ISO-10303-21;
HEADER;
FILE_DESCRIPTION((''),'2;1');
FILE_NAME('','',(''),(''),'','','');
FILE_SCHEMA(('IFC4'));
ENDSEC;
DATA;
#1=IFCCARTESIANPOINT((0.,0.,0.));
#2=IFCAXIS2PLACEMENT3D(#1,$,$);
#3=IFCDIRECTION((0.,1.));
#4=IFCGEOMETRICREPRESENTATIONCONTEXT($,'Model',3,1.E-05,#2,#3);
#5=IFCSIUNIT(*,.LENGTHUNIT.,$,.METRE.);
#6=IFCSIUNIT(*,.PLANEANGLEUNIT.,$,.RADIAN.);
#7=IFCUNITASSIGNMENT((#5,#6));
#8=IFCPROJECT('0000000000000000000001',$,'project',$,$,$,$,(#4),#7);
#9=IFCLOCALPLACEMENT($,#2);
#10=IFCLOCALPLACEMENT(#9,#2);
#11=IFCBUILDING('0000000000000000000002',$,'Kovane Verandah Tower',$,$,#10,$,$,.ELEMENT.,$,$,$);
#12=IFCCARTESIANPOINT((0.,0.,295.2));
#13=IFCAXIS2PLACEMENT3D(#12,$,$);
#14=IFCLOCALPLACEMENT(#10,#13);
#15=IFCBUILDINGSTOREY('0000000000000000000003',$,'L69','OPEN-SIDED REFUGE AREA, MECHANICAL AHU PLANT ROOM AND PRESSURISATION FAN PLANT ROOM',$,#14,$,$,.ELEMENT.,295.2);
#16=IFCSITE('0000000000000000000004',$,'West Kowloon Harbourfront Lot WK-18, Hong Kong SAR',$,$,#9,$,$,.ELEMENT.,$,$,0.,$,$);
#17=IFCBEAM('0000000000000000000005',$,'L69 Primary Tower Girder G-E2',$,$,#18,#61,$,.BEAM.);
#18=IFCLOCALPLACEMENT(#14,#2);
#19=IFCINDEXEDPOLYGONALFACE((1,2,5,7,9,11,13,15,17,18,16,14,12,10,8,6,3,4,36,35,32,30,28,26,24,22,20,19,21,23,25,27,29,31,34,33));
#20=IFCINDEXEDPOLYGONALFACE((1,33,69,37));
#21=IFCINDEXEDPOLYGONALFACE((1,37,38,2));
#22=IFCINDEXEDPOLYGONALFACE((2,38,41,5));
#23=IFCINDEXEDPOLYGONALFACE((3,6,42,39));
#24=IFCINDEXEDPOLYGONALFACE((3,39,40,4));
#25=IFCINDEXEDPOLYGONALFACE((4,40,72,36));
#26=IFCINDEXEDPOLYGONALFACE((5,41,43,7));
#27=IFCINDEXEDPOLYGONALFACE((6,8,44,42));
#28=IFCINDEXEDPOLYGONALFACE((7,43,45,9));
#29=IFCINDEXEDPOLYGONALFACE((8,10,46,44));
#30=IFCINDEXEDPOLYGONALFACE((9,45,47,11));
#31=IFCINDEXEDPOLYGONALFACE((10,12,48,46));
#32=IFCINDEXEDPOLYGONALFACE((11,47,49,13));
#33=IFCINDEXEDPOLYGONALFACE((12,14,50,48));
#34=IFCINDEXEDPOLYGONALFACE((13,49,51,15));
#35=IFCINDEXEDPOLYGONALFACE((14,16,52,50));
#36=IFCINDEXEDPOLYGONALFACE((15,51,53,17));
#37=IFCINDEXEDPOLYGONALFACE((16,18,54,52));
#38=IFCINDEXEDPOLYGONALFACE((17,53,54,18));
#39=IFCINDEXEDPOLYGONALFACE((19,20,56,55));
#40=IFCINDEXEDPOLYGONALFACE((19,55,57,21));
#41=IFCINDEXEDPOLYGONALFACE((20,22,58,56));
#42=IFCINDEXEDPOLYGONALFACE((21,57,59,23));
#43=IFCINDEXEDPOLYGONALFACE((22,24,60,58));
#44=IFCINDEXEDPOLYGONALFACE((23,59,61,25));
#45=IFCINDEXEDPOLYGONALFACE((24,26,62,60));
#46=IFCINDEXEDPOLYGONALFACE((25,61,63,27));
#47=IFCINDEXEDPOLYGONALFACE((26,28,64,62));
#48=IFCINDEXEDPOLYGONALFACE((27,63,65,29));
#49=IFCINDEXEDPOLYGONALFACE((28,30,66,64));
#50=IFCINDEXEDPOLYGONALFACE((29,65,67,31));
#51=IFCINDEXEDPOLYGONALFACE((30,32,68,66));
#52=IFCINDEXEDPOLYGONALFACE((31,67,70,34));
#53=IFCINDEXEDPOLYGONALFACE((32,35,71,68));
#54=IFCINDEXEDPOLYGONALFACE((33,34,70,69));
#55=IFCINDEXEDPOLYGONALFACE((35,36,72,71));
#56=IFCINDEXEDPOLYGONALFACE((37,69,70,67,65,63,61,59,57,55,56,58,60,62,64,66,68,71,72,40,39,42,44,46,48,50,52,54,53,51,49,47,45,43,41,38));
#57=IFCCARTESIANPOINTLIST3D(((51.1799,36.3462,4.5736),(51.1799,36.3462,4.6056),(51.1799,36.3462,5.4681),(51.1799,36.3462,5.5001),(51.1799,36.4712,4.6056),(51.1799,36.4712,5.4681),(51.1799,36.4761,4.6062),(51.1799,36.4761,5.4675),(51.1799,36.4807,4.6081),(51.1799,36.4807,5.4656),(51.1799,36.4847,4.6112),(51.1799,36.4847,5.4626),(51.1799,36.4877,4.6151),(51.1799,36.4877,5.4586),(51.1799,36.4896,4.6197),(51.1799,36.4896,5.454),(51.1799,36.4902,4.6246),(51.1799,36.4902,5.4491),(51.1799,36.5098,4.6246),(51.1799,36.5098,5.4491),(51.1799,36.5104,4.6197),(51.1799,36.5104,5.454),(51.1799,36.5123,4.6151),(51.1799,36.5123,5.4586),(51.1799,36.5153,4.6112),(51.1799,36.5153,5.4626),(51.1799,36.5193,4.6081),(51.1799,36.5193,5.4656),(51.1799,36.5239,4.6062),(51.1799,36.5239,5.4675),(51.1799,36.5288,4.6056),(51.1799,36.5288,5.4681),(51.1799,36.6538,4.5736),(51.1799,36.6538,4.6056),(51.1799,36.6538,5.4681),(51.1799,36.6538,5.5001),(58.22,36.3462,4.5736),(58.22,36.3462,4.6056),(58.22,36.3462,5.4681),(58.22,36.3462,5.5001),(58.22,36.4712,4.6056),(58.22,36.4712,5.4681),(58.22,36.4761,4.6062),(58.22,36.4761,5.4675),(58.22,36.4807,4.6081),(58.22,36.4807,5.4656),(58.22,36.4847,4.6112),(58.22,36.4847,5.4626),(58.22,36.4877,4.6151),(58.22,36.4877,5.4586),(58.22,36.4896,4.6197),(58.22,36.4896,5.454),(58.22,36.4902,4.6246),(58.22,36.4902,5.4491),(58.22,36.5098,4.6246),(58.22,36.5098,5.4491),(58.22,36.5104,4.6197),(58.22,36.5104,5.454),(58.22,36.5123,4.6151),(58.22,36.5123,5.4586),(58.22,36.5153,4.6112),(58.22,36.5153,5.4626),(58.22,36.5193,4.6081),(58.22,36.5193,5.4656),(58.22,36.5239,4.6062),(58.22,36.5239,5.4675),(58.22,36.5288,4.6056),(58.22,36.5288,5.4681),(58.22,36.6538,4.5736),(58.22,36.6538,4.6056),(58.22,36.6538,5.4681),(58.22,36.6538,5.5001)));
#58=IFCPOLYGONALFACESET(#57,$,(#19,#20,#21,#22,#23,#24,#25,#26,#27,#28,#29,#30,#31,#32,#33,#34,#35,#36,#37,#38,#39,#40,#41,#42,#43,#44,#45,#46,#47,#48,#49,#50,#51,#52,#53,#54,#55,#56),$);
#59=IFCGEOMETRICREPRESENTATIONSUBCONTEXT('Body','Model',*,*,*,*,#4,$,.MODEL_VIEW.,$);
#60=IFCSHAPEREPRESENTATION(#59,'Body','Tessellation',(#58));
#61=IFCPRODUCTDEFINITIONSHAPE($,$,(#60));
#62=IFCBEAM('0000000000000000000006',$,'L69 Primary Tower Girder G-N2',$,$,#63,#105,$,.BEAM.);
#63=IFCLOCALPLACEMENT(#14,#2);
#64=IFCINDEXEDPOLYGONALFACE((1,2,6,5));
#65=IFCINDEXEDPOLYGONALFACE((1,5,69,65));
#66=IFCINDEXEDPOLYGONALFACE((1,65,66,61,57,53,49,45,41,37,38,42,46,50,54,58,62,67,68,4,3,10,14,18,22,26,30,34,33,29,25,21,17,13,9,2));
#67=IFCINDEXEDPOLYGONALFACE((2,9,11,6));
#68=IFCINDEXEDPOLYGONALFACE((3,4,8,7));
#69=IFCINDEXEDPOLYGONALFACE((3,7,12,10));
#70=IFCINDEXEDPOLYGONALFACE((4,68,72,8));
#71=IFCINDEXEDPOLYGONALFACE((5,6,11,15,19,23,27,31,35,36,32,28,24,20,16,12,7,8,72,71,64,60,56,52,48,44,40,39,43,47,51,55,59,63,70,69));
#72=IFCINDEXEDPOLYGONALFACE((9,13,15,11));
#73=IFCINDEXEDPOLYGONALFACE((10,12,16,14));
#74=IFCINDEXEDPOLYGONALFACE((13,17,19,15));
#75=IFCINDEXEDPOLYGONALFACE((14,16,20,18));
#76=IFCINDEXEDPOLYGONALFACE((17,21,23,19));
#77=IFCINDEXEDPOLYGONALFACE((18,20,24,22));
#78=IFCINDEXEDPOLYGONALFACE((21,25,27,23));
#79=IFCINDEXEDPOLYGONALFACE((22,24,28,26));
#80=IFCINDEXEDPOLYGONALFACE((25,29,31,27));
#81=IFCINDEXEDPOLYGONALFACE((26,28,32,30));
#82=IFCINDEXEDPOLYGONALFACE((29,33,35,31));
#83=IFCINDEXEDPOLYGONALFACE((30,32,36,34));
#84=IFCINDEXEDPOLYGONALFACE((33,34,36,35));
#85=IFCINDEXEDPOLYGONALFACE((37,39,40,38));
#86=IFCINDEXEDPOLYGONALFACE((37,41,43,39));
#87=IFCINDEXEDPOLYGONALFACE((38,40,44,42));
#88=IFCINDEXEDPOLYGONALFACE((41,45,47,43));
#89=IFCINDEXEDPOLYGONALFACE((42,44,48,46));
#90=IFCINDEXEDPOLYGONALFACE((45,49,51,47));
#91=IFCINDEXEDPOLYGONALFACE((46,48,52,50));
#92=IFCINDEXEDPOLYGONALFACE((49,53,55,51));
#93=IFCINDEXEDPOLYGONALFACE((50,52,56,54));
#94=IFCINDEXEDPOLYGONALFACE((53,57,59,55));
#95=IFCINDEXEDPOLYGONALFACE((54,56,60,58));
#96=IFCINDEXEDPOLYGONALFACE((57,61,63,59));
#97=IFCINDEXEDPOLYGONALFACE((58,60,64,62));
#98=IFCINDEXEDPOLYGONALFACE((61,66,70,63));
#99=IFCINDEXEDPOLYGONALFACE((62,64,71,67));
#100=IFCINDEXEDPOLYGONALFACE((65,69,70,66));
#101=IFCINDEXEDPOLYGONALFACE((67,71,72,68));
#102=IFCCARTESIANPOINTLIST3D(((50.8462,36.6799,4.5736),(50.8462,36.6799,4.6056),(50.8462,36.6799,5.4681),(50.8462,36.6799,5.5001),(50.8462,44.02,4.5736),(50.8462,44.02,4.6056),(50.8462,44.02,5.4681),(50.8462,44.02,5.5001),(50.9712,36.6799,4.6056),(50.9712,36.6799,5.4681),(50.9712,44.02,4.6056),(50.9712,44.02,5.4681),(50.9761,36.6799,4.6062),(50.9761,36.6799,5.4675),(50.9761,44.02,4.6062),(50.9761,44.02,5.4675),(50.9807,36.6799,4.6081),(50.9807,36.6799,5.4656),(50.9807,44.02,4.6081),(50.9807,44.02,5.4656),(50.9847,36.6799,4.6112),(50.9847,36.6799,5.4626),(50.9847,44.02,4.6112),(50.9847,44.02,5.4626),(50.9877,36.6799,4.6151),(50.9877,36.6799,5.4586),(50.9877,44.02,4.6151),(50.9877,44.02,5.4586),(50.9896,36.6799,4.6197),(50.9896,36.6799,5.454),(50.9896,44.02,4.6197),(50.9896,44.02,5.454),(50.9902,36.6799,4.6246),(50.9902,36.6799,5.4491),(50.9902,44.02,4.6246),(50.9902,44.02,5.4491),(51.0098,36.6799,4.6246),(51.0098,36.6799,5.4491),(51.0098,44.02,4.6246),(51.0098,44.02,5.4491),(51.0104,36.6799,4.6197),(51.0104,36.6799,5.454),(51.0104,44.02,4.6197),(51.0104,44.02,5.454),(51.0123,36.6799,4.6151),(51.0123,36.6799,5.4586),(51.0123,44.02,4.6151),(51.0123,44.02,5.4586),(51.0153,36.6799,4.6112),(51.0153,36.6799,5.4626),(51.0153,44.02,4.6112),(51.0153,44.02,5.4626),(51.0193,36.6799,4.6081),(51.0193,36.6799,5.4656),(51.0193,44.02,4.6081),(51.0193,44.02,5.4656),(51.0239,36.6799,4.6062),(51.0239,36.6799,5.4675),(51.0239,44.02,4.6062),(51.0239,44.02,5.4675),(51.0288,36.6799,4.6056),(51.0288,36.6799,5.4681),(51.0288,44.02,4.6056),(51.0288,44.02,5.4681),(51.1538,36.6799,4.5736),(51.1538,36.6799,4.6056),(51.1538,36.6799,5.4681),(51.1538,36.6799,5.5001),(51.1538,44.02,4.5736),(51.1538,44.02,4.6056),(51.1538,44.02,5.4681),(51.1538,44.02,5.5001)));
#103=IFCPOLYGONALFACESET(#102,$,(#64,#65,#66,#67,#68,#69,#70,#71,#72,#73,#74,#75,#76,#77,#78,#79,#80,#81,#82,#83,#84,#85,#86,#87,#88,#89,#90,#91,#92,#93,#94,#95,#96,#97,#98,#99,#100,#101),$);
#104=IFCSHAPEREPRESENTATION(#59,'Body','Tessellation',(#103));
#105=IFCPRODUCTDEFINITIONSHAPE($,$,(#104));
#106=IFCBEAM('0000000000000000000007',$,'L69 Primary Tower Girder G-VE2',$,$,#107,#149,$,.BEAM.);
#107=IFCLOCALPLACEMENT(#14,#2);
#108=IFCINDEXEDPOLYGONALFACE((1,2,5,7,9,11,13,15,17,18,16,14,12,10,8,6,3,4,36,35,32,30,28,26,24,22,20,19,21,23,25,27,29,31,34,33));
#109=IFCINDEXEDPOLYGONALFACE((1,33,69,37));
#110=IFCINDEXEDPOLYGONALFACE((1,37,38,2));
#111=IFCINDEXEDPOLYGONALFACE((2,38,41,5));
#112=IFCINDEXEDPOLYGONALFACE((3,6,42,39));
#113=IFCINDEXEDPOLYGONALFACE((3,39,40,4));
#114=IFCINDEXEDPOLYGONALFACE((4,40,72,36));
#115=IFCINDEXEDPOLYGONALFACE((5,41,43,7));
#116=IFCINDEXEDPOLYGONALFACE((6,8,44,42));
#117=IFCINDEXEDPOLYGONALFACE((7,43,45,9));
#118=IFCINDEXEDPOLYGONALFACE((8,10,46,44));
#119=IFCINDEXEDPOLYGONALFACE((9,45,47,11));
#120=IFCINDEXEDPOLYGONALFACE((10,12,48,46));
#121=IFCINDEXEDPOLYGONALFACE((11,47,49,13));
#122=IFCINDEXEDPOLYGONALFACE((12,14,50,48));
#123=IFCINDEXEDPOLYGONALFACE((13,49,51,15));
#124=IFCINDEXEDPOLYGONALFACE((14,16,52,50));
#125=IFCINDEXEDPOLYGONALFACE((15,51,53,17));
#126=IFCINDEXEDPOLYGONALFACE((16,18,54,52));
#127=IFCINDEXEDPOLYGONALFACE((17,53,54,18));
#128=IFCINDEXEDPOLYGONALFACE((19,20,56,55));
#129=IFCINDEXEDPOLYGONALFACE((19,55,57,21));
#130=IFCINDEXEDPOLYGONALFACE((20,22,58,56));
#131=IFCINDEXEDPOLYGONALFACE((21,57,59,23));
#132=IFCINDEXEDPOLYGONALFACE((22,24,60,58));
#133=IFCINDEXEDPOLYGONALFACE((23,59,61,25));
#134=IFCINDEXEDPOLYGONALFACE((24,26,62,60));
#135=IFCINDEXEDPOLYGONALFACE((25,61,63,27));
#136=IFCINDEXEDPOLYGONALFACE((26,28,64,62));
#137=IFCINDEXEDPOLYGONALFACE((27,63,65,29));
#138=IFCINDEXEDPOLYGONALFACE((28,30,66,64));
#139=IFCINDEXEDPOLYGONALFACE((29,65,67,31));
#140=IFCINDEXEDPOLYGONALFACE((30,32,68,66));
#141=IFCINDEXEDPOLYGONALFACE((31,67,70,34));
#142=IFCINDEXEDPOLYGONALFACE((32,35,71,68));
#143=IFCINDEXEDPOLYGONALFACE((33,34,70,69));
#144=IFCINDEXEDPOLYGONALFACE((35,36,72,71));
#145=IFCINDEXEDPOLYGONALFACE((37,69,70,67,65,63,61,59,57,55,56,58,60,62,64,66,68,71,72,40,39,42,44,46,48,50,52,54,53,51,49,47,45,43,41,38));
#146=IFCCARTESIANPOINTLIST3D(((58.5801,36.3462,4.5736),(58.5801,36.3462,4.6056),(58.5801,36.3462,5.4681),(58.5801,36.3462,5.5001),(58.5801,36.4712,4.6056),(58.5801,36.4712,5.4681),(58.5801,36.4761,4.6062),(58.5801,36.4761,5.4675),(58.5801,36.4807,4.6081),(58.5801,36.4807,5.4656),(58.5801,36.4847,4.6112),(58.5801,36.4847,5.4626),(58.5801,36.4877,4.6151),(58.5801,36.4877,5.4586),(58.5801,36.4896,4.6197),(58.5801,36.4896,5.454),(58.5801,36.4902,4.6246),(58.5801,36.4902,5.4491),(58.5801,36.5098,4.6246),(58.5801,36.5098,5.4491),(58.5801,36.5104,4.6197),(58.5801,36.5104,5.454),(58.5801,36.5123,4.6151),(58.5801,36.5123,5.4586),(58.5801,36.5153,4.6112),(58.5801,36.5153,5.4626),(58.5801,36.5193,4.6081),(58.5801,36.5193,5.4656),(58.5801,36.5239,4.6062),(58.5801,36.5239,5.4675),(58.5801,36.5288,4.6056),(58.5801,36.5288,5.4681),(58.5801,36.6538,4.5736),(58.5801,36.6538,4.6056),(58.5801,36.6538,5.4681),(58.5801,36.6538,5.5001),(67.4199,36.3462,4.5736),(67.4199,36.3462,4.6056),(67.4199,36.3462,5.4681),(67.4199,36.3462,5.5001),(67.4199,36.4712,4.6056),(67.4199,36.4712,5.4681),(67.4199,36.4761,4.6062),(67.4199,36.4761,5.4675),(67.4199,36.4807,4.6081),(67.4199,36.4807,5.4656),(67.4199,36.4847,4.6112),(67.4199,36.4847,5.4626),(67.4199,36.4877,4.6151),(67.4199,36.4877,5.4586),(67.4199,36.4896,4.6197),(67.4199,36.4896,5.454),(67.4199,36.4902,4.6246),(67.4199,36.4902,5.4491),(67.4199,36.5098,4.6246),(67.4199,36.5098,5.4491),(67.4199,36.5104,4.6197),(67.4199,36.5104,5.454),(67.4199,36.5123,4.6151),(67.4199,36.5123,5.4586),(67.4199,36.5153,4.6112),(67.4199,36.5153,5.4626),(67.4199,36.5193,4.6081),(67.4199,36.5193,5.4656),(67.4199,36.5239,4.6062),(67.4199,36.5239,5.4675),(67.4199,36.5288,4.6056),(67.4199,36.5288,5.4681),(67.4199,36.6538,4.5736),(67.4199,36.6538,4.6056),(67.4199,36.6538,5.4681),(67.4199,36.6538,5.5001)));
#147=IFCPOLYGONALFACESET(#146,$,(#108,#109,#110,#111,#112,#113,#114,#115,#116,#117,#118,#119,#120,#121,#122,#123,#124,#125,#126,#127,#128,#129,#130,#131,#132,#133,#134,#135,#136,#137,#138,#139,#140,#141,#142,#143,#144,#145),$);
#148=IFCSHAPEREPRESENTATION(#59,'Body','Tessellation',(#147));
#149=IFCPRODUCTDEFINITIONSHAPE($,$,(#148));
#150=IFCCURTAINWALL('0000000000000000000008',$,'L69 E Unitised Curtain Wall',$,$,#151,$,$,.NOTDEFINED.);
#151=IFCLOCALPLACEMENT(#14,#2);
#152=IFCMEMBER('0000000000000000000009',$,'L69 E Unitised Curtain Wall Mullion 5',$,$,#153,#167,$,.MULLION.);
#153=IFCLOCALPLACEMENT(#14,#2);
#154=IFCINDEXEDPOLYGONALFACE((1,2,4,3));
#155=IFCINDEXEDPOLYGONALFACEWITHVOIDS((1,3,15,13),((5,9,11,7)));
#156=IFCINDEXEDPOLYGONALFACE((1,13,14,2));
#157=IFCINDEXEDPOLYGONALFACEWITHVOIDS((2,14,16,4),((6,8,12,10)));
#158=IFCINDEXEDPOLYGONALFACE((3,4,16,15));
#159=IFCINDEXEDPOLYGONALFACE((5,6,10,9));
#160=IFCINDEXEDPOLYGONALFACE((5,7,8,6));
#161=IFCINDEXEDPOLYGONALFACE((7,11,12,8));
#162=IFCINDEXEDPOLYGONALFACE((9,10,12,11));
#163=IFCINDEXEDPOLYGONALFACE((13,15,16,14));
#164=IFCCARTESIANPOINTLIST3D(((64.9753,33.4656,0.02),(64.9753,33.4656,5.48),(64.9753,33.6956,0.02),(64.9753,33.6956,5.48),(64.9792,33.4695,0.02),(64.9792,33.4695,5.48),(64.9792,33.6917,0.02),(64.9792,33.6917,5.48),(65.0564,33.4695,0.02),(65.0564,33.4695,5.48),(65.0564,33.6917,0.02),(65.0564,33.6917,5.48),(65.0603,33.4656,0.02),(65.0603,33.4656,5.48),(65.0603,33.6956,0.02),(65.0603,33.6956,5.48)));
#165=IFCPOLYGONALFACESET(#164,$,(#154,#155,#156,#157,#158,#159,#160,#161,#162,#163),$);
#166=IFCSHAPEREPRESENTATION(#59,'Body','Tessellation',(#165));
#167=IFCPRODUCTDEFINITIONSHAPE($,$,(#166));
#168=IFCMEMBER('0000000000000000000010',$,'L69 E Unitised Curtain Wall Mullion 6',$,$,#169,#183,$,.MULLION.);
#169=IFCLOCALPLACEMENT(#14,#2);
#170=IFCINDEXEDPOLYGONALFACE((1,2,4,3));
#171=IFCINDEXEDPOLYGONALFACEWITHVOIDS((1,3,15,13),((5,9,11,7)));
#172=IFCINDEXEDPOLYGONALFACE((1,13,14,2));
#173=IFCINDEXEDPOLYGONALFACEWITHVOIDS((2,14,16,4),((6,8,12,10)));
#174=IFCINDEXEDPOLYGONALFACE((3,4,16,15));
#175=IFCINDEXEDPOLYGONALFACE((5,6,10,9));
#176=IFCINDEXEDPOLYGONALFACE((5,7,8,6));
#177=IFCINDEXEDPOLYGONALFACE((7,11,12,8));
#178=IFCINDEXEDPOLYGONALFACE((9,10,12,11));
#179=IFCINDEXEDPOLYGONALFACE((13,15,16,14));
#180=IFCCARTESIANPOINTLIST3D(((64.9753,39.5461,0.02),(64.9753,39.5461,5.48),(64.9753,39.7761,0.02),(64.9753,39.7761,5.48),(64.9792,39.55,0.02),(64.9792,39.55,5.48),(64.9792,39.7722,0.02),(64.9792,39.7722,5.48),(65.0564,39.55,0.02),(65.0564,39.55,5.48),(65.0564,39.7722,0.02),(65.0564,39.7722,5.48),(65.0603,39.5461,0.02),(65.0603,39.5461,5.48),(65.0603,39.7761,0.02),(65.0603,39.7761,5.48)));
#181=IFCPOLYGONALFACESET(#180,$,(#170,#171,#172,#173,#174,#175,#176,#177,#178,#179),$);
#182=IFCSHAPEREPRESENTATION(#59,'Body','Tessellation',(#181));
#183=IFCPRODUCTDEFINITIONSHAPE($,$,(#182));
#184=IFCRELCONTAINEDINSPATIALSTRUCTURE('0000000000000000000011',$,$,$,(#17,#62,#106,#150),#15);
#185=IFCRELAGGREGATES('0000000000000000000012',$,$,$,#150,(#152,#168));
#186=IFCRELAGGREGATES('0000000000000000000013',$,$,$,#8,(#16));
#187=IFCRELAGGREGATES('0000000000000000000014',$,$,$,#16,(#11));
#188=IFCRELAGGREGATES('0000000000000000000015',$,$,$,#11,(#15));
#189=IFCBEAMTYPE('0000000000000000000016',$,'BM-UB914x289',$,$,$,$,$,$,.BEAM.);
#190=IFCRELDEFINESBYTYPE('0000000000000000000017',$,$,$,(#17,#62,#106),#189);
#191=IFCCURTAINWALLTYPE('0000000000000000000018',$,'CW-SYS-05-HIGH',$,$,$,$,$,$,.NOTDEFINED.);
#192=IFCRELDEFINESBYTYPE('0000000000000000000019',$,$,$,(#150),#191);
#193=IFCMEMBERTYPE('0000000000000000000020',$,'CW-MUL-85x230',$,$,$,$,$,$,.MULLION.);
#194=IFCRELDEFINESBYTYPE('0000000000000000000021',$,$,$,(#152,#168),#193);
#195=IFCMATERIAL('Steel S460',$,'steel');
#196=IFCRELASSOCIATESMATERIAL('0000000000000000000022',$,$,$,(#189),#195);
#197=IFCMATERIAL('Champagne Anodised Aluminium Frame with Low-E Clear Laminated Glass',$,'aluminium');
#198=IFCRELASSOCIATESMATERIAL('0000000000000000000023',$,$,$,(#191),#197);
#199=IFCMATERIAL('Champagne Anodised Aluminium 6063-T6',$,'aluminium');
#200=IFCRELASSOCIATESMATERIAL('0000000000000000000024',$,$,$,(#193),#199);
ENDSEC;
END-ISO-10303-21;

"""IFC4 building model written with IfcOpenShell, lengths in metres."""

from ifc_helpers import new_model, si_unit, direction, frame, origin, origin_2d, place, context, subcontext, project, spatial, hollow_rectangle, i_section, extrude, material, material_profile, profile_set, type_object, element, aggregate, save


model = new_model("IFC4")

# Units and contexts
model_context = context("Model", 3, precision=1e-05, world=origin(), true_north=direction((0.0, 1.0)))
body_context = subcontext(model_context, "Body", "Model", "MODEL_VIEW")
ifc_project = project(units=[si_unit("LENGTHUNIT", "METRE"), si_unit("PLANEANGLEUNIT", "RADIAN")], contexts=[model_context])

# Site, building, storey
site_placement = place(None, origin())
site = spatial("IfcSite", under=ifc_project, at=site_placement, Name="West Kowloon Harbourfront Lot WK-18, Hong Kong SAR", CompositionType="ELEMENT", RefElevation=0.0)
building_placement = place(site_placement, origin())
building = spatial("IfcBuilding", under=site, at=building_placement, Name="Kovane Verandah Tower", CompositionType="ELEMENT")
storey_placement = place(building_placement, frame((0.0, 0.0, 295.2)))
storey = spatial("IfcBuildingStorey", under=building, at=storey_placement, Name="L69", Description="OPEN-SIDED REFUGE AREA, MECHANICAL AHU PLANT ROOM AND PRESSURISATION FAN PLANT ROOM", CompositionType="ELEMENT", Elevation=295.2)

# Shared definitions
ifc_material_1 = material(Name="Steel S460", Category="steel")

# Beams
ifc_material_profile_1 = material_profile(ifc_material_1, i_section(OverallWidth=0.3076, OverallDepth=0.9265, WebThickness=0.0195, FlangeThickness=0.032, FilletRadius=0.019, at=origin_2d()), Name="UB914x305x289")
ifc_profile_set_1 = profile_set([ifc_material_profile_1], Name="Steel S460")
beam_type_1 = type_object("IfcBeamType", Name="BM-UB914x289", PredefinedType="BEAM", material=ifc_profile_set_1)
beam_1_placement = place(storey_placement, frame((51.1799, 36.5, 5.0369), z_axis=(1.0, 0.0, 0.0), x_axis=(0.0, 1.0, 0.0)))
element("IfcBeam", 1, at=beam_1_placement, inside=storey, type_object=beam_type_1, Name="L69 Primary Tower Girder G-E2", PredefinedType="BEAM", context=body_context, shape_type="SweptSolid", body=[
    extrude(i_section(OverallWidth=0.3076, OverallDepth=0.9265, WebThickness=0.0195, FlangeThickness=0.032, FilletRadius=0.019, at=origin_2d()), origin(), (0.0, 0.0, 1.0), 7.04),
])
beam_2_placement = place(storey_placement, frame((51.0, 36.6799, 5.0369), z_axis=(0.0, 1.0, 0.0), x_axis=(-1.0, 0.0, 0.0)))
element("IfcBeam", 2, at=beam_2_placement, inside=storey, type_object=beam_type_1, Name="L69 Primary Tower Girder G-N2", PredefinedType="BEAM", context=body_context, shape_type="SweptSolid", body=[
    extrude(i_section(OverallWidth=0.3076, OverallDepth=0.9265, WebThickness=0.0195, FlangeThickness=0.032, FilletRadius=0.019, at=origin_2d()), origin(), (0.0, 0.0, 1.0), 7.3401),
])
beam_3_placement = place(storey_placement, frame((58.5801, 36.5, 5.0369), z_axis=(1.0, 0.0, 0.0), x_axis=(0.0, 1.0, 0.0)))
element("IfcBeam", 3, at=beam_3_placement, inside=storey, type_object=beam_type_1, Name="L69 Primary Tower Girder G-VE2", PredefinedType="BEAM", context=body_context, shape_type="SweptSolid", body=[
    extrude(i_section(OverallWidth=0.3076, OverallDepth=0.9265, WebThickness=0.0195, FlangeThickness=0.032, FilletRadius=0.019, at=origin_2d()), origin(), (0.0, 0.0, 1.0), 8.8398),
])

# Curtain wall, members
ifc_material_2 = material(Name="Champagne Anodised Aluminium Frame with Low-E Clear Laminated Glass", Category="aluminium")
curtain_wall_type = type_object("IfcCurtainWallType", Name="CW-SYS-05-HIGH", PredefinedType="NOTDEFINED", material=ifc_material_2)
curtain_wall_placement = place(storey_placement, origin())
curtain_wall = element("IfcCurtainWall", 4, at=curtain_wall_placement, inside=storey, type_object=curtain_wall_type, Name="L69 E Unitised Curtain Wall", PredefinedType="NOTDEFINED")
ifc_material_3 = material(Name="Champagne Anodised Aluminium 6063-T6", Category="aluminium")
ifc_material_profile_2 = material_profile(ifc_material_3, hollow_rectangle(XDim=0.085, YDim=0.23, WallThickness=0.0039, at=origin_2d()), Name="AL85x230x4")
ifc_profile_set_2 = profile_set([ifc_material_profile_2], Name="Champagne Anodised Aluminium 6063-T6")
member_type_1 = type_object("IfcMemberType", Name="CW-MUL-85x230", PredefinedType="MULLION", material=ifc_profile_set_2)
member_1_placement = place(storey_placement, frame((65.0178, 33.5806, 0.02), z_axis=(0.0, 0.0, 1.0), x_axis=(1.0, 0.0, 0.0)))
member_1 = element("IfcMember", 5, at=member_1_placement, type_object=member_type_1, Name="L69 E Unitised Curtain Wall Mullion 5", PredefinedType="MULLION", context=body_context, shape_type="SweptSolid", body=[
    extrude(hollow_rectangle(XDim=0.085, YDim=0.23, WallThickness=0.0039, at=origin_2d()), origin(), (0.0, 0.0, 1.0), 5.46),
])
member_2_placement = place(storey_placement, frame((65.0178, 39.6611, 0.02), z_axis=(0.0, 0.0, 1.0), x_axis=(1.0, 0.0, 0.0)))
member_2 = element("IfcMember", 6, at=member_2_placement, type_object=member_type_1, Name="L69 E Unitised Curtain Wall Mullion 6", PredefinedType="MULLION", context=body_context, shape_type="SweptSolid", body=[
    extrude(hollow_rectangle(XDim=0.085, YDim=0.23, WallThickness=0.0039, at=origin_2d()), origin(), (0.0, 0.0, 1.0), 5.46),
])

aggregate(curtain_wall, [member_1, member_2])

save(model, "model.ifc")
